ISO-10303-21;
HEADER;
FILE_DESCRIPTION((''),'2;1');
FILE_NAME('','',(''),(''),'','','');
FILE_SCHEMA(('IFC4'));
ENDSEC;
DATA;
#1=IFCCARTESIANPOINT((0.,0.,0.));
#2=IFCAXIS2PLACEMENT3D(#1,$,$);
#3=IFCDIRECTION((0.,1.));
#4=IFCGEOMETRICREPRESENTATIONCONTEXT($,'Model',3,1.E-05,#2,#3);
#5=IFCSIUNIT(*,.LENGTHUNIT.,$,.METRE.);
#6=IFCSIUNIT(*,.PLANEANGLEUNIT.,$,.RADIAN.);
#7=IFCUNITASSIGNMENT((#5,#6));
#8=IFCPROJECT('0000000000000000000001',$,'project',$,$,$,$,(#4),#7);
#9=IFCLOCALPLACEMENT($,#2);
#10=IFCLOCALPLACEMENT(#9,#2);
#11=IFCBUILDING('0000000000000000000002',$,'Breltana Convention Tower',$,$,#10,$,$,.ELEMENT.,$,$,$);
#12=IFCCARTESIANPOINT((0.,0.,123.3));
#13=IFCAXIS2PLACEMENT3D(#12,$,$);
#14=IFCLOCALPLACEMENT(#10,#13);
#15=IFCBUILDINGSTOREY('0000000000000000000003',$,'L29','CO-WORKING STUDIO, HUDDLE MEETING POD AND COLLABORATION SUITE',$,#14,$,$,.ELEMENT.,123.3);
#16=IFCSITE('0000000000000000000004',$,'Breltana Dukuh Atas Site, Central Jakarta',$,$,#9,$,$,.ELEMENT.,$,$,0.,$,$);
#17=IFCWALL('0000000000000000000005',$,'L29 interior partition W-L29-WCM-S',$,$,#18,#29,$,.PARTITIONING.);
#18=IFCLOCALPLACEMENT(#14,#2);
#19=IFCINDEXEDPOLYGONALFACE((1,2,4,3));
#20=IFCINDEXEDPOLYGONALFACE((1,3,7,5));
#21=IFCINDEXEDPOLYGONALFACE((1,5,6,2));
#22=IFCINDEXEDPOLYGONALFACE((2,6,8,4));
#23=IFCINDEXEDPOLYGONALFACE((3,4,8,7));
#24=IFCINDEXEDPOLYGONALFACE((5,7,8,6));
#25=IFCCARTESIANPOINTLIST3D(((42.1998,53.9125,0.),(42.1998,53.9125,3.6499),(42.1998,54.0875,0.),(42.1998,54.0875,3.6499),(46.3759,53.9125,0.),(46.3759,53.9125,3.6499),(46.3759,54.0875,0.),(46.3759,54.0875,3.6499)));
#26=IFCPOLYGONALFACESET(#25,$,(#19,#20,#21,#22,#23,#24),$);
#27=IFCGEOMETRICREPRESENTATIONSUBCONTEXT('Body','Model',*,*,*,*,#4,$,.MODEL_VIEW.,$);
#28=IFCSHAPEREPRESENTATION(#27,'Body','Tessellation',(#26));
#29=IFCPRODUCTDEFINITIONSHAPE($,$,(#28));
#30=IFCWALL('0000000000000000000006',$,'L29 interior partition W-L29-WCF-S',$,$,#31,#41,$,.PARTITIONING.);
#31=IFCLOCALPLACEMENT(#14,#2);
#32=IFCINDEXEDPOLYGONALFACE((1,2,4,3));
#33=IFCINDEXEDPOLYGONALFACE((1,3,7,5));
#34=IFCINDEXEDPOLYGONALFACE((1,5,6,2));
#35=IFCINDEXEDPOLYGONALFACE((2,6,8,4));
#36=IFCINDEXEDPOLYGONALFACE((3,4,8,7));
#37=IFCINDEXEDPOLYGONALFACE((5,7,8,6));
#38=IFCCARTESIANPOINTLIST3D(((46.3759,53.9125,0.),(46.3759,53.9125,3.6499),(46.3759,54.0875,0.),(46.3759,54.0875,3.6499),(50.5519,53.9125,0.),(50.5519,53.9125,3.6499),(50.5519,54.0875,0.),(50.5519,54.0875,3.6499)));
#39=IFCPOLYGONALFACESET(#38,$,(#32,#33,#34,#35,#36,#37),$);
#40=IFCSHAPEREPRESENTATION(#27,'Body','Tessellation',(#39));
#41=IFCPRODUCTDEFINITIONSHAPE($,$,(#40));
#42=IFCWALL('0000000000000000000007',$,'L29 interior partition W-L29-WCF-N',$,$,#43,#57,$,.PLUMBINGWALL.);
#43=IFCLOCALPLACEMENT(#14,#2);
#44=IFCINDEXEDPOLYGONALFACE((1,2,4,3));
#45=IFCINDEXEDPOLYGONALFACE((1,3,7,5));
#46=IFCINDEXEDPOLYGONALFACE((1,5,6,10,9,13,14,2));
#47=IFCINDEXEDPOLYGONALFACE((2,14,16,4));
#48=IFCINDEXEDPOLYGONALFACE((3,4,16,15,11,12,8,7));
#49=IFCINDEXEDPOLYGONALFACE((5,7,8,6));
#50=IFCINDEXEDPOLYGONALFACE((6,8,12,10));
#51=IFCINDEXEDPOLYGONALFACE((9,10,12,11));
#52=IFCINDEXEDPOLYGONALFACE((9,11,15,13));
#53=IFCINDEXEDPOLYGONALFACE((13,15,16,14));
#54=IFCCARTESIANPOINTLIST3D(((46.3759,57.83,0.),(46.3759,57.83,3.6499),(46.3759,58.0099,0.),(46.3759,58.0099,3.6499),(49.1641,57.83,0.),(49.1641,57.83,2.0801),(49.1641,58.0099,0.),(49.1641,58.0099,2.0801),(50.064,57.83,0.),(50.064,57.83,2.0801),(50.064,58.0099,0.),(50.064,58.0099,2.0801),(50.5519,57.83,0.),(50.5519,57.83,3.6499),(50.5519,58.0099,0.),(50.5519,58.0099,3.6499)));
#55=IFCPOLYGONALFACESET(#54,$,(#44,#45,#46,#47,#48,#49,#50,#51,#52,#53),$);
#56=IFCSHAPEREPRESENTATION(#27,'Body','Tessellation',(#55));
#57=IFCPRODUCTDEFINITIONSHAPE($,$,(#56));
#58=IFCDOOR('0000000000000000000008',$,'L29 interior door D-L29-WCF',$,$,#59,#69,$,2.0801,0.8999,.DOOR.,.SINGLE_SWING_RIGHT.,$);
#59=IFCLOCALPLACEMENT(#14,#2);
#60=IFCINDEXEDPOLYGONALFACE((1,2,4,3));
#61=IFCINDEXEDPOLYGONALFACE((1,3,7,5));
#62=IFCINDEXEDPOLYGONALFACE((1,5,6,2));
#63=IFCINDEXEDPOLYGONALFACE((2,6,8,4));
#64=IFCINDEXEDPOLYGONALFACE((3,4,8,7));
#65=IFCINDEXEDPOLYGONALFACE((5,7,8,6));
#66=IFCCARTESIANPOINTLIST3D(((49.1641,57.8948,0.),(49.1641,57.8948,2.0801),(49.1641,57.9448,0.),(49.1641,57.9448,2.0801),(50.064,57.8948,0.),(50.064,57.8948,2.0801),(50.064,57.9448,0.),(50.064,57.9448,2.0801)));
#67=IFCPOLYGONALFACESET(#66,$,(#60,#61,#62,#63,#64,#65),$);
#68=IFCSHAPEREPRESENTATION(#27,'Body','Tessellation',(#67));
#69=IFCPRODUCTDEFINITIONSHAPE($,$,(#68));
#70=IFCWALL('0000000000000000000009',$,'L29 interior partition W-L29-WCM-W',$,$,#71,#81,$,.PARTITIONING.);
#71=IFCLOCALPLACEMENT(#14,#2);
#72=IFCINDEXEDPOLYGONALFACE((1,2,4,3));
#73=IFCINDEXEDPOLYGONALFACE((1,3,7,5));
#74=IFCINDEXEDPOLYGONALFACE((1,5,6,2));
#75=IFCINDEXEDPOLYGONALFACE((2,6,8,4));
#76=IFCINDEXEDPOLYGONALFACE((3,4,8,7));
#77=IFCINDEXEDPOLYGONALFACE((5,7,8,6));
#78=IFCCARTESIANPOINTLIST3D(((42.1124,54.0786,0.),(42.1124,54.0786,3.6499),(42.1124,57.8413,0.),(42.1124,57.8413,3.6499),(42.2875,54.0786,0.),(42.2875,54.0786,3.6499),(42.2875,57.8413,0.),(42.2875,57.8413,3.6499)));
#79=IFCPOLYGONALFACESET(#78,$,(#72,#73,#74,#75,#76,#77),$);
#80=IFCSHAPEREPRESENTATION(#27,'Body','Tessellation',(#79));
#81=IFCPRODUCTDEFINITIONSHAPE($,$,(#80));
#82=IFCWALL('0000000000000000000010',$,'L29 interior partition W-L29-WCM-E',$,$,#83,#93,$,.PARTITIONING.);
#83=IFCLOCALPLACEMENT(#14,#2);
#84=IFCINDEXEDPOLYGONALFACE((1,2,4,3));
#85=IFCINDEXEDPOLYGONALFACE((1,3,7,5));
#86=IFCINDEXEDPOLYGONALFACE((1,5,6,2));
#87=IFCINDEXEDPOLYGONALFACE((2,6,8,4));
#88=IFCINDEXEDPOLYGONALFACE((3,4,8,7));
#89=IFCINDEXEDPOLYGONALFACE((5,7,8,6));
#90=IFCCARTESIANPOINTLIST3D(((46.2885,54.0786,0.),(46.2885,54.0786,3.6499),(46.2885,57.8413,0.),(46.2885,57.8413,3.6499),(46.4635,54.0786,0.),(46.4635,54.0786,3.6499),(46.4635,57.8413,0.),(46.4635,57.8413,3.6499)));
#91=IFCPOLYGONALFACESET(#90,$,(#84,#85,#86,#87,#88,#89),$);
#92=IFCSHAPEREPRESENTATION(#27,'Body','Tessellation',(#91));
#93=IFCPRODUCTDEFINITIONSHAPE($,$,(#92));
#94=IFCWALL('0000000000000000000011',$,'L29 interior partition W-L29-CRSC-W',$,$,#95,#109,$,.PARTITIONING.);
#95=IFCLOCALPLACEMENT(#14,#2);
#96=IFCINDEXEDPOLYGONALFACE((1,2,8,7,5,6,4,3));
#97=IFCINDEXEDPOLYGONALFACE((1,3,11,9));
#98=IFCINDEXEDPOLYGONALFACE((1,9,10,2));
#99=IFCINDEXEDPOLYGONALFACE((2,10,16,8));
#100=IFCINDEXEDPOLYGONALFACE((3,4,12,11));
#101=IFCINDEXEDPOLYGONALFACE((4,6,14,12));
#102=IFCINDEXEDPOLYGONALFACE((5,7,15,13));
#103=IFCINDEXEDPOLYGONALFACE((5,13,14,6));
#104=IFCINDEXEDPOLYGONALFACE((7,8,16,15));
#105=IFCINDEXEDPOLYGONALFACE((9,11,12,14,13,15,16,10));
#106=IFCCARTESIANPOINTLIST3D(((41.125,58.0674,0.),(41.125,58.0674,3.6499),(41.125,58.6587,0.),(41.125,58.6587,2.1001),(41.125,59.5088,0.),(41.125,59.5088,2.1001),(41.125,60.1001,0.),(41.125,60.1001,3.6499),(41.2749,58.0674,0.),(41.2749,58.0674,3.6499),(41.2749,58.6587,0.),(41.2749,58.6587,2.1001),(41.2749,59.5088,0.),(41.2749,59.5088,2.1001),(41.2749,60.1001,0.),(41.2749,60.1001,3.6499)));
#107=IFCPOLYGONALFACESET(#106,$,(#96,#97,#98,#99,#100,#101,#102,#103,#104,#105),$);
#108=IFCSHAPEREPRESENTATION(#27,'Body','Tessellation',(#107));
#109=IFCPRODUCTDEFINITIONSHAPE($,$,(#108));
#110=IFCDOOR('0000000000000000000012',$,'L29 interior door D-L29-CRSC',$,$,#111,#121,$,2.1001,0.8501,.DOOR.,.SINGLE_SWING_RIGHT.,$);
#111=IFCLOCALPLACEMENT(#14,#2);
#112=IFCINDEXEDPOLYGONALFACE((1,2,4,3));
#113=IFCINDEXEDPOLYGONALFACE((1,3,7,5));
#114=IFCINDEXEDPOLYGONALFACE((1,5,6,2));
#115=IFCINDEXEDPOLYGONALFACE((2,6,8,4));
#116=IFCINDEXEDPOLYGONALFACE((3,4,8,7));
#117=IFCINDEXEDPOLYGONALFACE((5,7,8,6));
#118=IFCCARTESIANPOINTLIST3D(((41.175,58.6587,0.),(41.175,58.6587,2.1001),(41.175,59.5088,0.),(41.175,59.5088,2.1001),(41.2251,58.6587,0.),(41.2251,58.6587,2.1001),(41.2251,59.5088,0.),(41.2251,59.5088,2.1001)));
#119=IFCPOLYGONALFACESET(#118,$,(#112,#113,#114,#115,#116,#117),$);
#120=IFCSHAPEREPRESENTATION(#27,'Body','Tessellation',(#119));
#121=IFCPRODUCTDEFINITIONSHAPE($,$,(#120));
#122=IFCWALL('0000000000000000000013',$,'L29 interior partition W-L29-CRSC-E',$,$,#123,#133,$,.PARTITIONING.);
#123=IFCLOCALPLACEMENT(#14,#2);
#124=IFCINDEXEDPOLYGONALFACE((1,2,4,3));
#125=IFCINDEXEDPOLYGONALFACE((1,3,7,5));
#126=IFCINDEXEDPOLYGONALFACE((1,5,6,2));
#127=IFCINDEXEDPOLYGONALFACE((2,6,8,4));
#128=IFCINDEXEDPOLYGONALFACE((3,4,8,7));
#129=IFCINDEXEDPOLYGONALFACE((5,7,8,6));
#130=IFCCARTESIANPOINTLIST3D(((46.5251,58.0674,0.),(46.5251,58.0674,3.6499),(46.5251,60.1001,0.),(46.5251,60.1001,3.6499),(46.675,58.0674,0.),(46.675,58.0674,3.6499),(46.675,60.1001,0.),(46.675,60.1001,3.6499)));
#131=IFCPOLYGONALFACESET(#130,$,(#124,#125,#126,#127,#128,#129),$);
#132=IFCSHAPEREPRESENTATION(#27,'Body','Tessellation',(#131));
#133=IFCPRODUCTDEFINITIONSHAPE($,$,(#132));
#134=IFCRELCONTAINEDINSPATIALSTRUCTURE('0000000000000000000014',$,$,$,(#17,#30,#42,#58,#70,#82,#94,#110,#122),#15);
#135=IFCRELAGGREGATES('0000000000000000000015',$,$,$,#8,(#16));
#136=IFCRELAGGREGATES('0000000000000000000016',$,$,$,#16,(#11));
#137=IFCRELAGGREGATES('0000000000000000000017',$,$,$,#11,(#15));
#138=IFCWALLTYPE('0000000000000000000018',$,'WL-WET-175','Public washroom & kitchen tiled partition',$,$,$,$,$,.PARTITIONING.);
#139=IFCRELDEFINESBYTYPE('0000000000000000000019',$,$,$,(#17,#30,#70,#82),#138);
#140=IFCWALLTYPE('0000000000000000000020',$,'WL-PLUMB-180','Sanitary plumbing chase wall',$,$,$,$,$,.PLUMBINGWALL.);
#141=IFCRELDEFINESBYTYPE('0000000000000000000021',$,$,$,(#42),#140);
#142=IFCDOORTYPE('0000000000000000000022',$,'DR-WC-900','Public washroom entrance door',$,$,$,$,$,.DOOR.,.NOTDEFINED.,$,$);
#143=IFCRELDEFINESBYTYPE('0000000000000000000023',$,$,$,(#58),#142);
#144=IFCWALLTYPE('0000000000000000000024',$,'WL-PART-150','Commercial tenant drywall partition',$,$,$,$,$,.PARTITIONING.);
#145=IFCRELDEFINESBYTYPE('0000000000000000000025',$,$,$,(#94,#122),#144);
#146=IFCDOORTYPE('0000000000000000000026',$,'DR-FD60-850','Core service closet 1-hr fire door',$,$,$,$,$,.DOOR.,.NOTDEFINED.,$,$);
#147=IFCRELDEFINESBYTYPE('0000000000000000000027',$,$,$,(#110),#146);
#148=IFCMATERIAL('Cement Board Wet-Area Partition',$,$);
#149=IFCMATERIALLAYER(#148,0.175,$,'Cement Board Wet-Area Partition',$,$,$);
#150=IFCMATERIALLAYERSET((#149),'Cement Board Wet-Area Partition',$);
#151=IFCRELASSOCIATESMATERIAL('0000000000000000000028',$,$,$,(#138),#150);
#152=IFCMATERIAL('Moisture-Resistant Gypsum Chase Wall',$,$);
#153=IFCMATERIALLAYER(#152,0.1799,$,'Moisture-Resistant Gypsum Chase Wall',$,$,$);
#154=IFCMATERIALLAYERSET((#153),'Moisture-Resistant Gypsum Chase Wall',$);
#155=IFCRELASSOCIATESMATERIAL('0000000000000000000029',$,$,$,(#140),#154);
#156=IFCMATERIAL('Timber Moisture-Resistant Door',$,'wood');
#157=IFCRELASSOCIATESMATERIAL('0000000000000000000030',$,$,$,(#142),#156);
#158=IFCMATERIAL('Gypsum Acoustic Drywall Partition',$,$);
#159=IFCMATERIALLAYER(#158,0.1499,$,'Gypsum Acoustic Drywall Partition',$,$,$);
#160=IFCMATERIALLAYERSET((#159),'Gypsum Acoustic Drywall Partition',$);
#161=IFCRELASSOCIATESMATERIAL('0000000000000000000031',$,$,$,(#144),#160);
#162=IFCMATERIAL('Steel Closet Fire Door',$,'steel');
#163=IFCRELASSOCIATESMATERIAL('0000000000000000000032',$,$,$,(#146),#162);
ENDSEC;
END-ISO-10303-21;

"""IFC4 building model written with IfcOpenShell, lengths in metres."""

from ifc_helpers import new_model, si_unit, direction, frame, frame_2d, origin, place, context, subcontext, project, spatial, rectangle, extrude, source, transform, mapped, material, layer, layer_set, type_object, type_shapes, element, fill, save


model = new_model("IFC4")

# Units and contexts
model_context = context("Model", 3, precision=1e-05, world=origin(), true_north=direction((0.0, 1.0)))
body_context = subcontext(model_context, "Body", "Model", "MODEL_VIEW")
ifc_project = project(units=[si_unit("LENGTHUNIT", "METRE"), si_unit("PLANEANGLEUNIT", "RADIAN")], contexts=[model_context])

# Site, building, storey
site_placement = place(None, origin())
site = spatial("IfcSite", under=ifc_project, at=site_placement, Name="Breltana Dukuh Atas Site, Central Jakarta", CompositionType="ELEMENT", RefElevation=0.0)
building_placement = place(site_placement, origin())
building = spatial("IfcBuilding", under=site, at=building_placement, Name="Breltana Convention Tower", CompositionType="ELEMENT")
storey_placement = place(building_placement, frame((0.0, 0.0, 123.3)))
storey = spatial("IfcBuildingStorey", under=building, at=storey_placement, Name="L29", Description="CO-WORKING STUDIO, HUDDLE MEETING POD AND COLLABORATION SUITE", CompositionType="ELEMENT", Elevation=123.3)

# Walls
ifc_material_1 = material(Name="Cement Board Wet-Area Partition")
ifc_layer_1 = layer(ifc_material_1, 0.175, Name="Cement Board Wet-Area Partition")
ifc_layer_set_1 = layer_set([ifc_layer_1], Name="Cement Board Wet-Area Partition")
wall_type_1 = type_object("IfcWallType", Name="WL-WET-175", Description="Public washroom & kitchen tiled partition", PredefinedType="PARTITIONING", material=ifc_layer_set_1)
shared_shape_1 = source(origin(), body_context, "Body", "SweptSolid", [
    extrude(rectangle(XDim=4.176, YDim=0.175, at=frame_2d((2.0879, 0.0))), origin(), (0.0, 0.0, 1.0), 3.6499),
])
for number, where, z_axis, x_axis, name in (
    (1, (42.2, 54.0, 0.0), (0.0, 0.0, 1.0), (1.0, 0.0, 0.0), "L29 interior partition W-L29-WCM-S"),
    (2, (46.376, 54.0, 0.0), (0.0, 0.0, 1.0), (1.0, 0.0, 0.0), "L29 interior partition W-L29-WCF-S"),
):
    element("IfcWall", number, at=place(storey_placement, frame(where, z_axis=z_axis, x_axis=x_axis)), inside=storey, type_object=wall_type_1, Name=name, PredefinedType="PARTITIONING", context=body_context, shape_type="MappedRepresentation", body=[
        mapped(shared_shape_1, transform((0.0, 0.0, 0.0), scale=1.0)),
    ])

# Wall, opening, door
ifc_material_2 = material(Name="Moisture-Resistant Gypsum Chase Wall")
ifc_layer_2 = layer(ifc_material_2, 0.1799, Name="Moisture-Resistant Gypsum Chase Wall")
ifc_layer_set_2 = layer_set([ifc_layer_2], Name="Moisture-Resistant Gypsum Chase Wall")
wall_type_2 = type_object("IfcWallType", Name="WL-PLUMB-180", Description="Sanitary plumbing chase wall", PredefinedType="PLUMBINGWALL", material=ifc_layer_set_2)
shared_shape_2 = source(origin(), body_context, "Body", "SweptSolid", [
    extrude(rectangle(XDim=4.176, YDim=0.1799, at=frame_2d((2.0879, 0.0))), origin(), (0.0, 0.0, 1.0), 3.6499),
])
wall_1_placement = place(storey_placement, frame((46.376, 57.9199, 0.0), z_axis=(0.0, 0.0, 1.0), x_axis=(1.0, 0.0, 0.0)))
wall_1 = element("IfcWall", 3, at=wall_1_placement, inside=storey, type_object=wall_type_2, Name="L29 interior partition W-L29-WCF-N", PredefinedType="PLUMBINGWALL", context=body_context, shape_type="MappedRepresentation", body=[
    mapped(shared_shape_2, transform((0.0, 0.0, 0.0), scale=1.0)),
])
opening_1_placement = place(wall_1_placement, frame((2.7881, 0.0, 0.0)))
opening_1 = element("IfcOpeningElement", 4, at=opening_1_placement, cuts=wall_1, PredefinedType="OPENING", context=body_context, shape_type="SweptSolid", body=[
    extrude(rectangle(XDim=0.8999, YDim=2.0801, at=frame_2d((0.45, 1.04))), frame((0.0, 0.1001, 0.0), z_axis=(0.0, -1.0, 0.0), x_axis=(1.0, 0.0, 0.0)), (0.0, 0.0, 1.0), 0.2),
])
ifc_material_3 = material(Name="Timber Moisture-Resistant Door", Category="wood")
door_type_1 = type_object("IfcDoorType", Name="DR-WC-900", Description="Public washroom entrance door", OperationType="NOTDEFINED", PredefinedType="DOOR", material=ifc_material_3)
shared_shape_3 = source(origin(), body_context, "Body", "SweptSolid", [
    extrude(rectangle(XDim=0.8999, YDim=2.0801, at=frame_2d((0.45, 1.04))), frame((0.0, 0.0249, 0.0), z_axis=(0.0, -1.0, 0.0), x_axis=(1.0, 0.0, 0.0)), (0.0, 0.0, 1.0), 0.05),
])
type_shapes(door_type_1, [shared_shape_3])
door_1_placement = place(opening_1_placement, origin())
door_1 = element("IfcDoor", 5, at=door_1_placement, inside=storey, type_object=door_type_1, Name="L29 interior door D-L29-WCF", OperationType="SINGLE_SWING_RIGHT", OverallHeight=2.0801, OverallWidth=0.8999, PredefinedType="DOOR", context=body_context, shape_type="MappedRepresentation", body=[
    mapped(shared_shape_3, transform((0.0, 0.0, 0.0), scale=1.0)),
])
fill(opening_1, door_1)

# Walls
shared_shape_4 = source(origin(), body_context, "Body", "SweptSolid", [
    extrude(rectangle(XDim=3.7627, YDim=0.175, at=frame_2d((1.8813, 0.0))), origin(), (0.0, 0.0, 1.0), 3.6499),
])
for number, where, z_axis, x_axis, name in (
    (6, (42.2, 54.0786, 0.0), (0.0, 0.0, 1.0), (0.0, 1.0, 0.0), "L29 interior partition W-L29-WCM-W"),
    (7, (46.376, 54.0786, 0.0), (0.0, 0.0, 1.0), (0.0, 1.0, 0.0), "L29 interior partition W-L29-WCM-E"),
):
    element("IfcWall", number, at=place(storey_placement, frame(where, z_axis=z_axis, x_axis=x_axis)), inside=storey, type_object=wall_type_1, Name=name, PredefinedType="PARTITIONING", context=body_context, shape_type="MappedRepresentation", body=[
        mapped(shared_shape_4, transform((0.0, 0.0, 0.0), scale=1.0)),
    ])

# Wall, opening, door
ifc_material_4 = material(Name="Gypsum Acoustic Drywall Partition")
ifc_layer_3 = layer(ifc_material_4, 0.1499, Name="Gypsum Acoustic Drywall Partition")
ifc_layer_set_3 = layer_set([ifc_layer_3], Name="Gypsum Acoustic Drywall Partition")
wall_type_3 = type_object("IfcWallType", Name="WL-PART-150", Description="Commercial tenant drywall partition", PredefinedType="PARTITIONING", material=ifc_layer_set_3)
shared_shape_5 = source(origin(), body_context, "Body", "SweptSolid", [
    extrude(rectangle(XDim=2.0327, YDim=0.1499, at=frame_2d((1.0164, 0.0))), origin(), (0.0, 0.0, 1.0), 3.6499),
])
wall_2_placement = place(storey_placement, frame((41.2, 58.0674, 0.0), z_axis=(0.0, 0.0, 1.0), x_axis=(0.0, 1.0, 0.0)))
wall_2 = element("IfcWall", 8, at=wall_2_placement, inside=storey, type_object=wall_type_3, Name="L29 interior partition W-L29-CRSC-W", PredefinedType="PARTITIONING", context=body_context, shape_type="MappedRepresentation", body=[
    mapped(shared_shape_5, transform((0.0, 0.0, 0.0), scale=1.0)),
])
opening_2_placement = place(wall_2_placement, frame((0.5913, 0.0, 0.0)))
opening_2 = element("IfcOpeningElement", 9, at=opening_2_placement, cuts=wall_2, PredefinedType="OPENING", context=body_context, shape_type="SweptSolid", body=[
    extrude(rectangle(XDim=0.8501, YDim=2.1001, at=frame_2d((0.425, 1.05))), frame((0.0, 0.085, 0.0), z_axis=(0.0, -1.0, 0.0), x_axis=(1.0, 0.0, 0.0)), (0.0, 0.0, 1.0), 0.1699),
])
ifc_material_5 = material(Name="Steel Closet Fire Door", Category="steel")
door_type_2 = type_object("IfcDoorType", Name="DR-FD60-850", Description="Core service closet 1-hr fire door", OperationType="NOTDEFINED", PredefinedType="DOOR", material=ifc_material_5)
shared_shape_6 = source(origin(), body_context, "Body", "SweptSolid", [
    extrude(rectangle(XDim=0.8501, YDim=2.1001, at=frame_2d((0.425, 1.05))), frame((0.0, 0.0249, 0.0), z_axis=(0.0, -1.0, 0.0), x_axis=(1.0, 0.0, 0.0)), (0.0, 0.0, 1.0), 0.05),
])
type_shapes(door_type_2, [shared_shape_6])
door_2_placement = place(opening_2_placement, origin())
door_2 = element("IfcDoor", 10, at=door_2_placement, inside=storey, type_object=door_type_2, Name="L29 interior door D-L29-CRSC", OperationType="SINGLE_SWING_RIGHT", OverallHeight=2.1001, OverallWidth=0.8501, PredefinedType="DOOR", context=body_context, shape_type="MappedRepresentation", body=[
    mapped(shared_shape_6, transform((0.0, 0.0, 0.0), scale=1.0)),
])
fill(opening_2, door_2)

# Wall
wall_3_placement = place(storey_placement, frame((46.6001, 58.0674, 0.0), z_axis=(0.0, 0.0, 1.0), x_axis=(0.0, 1.0, 0.0)))
element("IfcWall", 11, at=wall_3_placement, inside=storey, type_object=wall_type_3, Name="L29 interior partition W-L29-CRSC-E", PredefinedType="PARTITIONING", context=body_context, shape_type="MappedRepresentation", body=[
    mapped(shared_shape_5, transform((0.0, 0.0, 0.0), scale=1.0)),
])

save(model, "model.ifc")
